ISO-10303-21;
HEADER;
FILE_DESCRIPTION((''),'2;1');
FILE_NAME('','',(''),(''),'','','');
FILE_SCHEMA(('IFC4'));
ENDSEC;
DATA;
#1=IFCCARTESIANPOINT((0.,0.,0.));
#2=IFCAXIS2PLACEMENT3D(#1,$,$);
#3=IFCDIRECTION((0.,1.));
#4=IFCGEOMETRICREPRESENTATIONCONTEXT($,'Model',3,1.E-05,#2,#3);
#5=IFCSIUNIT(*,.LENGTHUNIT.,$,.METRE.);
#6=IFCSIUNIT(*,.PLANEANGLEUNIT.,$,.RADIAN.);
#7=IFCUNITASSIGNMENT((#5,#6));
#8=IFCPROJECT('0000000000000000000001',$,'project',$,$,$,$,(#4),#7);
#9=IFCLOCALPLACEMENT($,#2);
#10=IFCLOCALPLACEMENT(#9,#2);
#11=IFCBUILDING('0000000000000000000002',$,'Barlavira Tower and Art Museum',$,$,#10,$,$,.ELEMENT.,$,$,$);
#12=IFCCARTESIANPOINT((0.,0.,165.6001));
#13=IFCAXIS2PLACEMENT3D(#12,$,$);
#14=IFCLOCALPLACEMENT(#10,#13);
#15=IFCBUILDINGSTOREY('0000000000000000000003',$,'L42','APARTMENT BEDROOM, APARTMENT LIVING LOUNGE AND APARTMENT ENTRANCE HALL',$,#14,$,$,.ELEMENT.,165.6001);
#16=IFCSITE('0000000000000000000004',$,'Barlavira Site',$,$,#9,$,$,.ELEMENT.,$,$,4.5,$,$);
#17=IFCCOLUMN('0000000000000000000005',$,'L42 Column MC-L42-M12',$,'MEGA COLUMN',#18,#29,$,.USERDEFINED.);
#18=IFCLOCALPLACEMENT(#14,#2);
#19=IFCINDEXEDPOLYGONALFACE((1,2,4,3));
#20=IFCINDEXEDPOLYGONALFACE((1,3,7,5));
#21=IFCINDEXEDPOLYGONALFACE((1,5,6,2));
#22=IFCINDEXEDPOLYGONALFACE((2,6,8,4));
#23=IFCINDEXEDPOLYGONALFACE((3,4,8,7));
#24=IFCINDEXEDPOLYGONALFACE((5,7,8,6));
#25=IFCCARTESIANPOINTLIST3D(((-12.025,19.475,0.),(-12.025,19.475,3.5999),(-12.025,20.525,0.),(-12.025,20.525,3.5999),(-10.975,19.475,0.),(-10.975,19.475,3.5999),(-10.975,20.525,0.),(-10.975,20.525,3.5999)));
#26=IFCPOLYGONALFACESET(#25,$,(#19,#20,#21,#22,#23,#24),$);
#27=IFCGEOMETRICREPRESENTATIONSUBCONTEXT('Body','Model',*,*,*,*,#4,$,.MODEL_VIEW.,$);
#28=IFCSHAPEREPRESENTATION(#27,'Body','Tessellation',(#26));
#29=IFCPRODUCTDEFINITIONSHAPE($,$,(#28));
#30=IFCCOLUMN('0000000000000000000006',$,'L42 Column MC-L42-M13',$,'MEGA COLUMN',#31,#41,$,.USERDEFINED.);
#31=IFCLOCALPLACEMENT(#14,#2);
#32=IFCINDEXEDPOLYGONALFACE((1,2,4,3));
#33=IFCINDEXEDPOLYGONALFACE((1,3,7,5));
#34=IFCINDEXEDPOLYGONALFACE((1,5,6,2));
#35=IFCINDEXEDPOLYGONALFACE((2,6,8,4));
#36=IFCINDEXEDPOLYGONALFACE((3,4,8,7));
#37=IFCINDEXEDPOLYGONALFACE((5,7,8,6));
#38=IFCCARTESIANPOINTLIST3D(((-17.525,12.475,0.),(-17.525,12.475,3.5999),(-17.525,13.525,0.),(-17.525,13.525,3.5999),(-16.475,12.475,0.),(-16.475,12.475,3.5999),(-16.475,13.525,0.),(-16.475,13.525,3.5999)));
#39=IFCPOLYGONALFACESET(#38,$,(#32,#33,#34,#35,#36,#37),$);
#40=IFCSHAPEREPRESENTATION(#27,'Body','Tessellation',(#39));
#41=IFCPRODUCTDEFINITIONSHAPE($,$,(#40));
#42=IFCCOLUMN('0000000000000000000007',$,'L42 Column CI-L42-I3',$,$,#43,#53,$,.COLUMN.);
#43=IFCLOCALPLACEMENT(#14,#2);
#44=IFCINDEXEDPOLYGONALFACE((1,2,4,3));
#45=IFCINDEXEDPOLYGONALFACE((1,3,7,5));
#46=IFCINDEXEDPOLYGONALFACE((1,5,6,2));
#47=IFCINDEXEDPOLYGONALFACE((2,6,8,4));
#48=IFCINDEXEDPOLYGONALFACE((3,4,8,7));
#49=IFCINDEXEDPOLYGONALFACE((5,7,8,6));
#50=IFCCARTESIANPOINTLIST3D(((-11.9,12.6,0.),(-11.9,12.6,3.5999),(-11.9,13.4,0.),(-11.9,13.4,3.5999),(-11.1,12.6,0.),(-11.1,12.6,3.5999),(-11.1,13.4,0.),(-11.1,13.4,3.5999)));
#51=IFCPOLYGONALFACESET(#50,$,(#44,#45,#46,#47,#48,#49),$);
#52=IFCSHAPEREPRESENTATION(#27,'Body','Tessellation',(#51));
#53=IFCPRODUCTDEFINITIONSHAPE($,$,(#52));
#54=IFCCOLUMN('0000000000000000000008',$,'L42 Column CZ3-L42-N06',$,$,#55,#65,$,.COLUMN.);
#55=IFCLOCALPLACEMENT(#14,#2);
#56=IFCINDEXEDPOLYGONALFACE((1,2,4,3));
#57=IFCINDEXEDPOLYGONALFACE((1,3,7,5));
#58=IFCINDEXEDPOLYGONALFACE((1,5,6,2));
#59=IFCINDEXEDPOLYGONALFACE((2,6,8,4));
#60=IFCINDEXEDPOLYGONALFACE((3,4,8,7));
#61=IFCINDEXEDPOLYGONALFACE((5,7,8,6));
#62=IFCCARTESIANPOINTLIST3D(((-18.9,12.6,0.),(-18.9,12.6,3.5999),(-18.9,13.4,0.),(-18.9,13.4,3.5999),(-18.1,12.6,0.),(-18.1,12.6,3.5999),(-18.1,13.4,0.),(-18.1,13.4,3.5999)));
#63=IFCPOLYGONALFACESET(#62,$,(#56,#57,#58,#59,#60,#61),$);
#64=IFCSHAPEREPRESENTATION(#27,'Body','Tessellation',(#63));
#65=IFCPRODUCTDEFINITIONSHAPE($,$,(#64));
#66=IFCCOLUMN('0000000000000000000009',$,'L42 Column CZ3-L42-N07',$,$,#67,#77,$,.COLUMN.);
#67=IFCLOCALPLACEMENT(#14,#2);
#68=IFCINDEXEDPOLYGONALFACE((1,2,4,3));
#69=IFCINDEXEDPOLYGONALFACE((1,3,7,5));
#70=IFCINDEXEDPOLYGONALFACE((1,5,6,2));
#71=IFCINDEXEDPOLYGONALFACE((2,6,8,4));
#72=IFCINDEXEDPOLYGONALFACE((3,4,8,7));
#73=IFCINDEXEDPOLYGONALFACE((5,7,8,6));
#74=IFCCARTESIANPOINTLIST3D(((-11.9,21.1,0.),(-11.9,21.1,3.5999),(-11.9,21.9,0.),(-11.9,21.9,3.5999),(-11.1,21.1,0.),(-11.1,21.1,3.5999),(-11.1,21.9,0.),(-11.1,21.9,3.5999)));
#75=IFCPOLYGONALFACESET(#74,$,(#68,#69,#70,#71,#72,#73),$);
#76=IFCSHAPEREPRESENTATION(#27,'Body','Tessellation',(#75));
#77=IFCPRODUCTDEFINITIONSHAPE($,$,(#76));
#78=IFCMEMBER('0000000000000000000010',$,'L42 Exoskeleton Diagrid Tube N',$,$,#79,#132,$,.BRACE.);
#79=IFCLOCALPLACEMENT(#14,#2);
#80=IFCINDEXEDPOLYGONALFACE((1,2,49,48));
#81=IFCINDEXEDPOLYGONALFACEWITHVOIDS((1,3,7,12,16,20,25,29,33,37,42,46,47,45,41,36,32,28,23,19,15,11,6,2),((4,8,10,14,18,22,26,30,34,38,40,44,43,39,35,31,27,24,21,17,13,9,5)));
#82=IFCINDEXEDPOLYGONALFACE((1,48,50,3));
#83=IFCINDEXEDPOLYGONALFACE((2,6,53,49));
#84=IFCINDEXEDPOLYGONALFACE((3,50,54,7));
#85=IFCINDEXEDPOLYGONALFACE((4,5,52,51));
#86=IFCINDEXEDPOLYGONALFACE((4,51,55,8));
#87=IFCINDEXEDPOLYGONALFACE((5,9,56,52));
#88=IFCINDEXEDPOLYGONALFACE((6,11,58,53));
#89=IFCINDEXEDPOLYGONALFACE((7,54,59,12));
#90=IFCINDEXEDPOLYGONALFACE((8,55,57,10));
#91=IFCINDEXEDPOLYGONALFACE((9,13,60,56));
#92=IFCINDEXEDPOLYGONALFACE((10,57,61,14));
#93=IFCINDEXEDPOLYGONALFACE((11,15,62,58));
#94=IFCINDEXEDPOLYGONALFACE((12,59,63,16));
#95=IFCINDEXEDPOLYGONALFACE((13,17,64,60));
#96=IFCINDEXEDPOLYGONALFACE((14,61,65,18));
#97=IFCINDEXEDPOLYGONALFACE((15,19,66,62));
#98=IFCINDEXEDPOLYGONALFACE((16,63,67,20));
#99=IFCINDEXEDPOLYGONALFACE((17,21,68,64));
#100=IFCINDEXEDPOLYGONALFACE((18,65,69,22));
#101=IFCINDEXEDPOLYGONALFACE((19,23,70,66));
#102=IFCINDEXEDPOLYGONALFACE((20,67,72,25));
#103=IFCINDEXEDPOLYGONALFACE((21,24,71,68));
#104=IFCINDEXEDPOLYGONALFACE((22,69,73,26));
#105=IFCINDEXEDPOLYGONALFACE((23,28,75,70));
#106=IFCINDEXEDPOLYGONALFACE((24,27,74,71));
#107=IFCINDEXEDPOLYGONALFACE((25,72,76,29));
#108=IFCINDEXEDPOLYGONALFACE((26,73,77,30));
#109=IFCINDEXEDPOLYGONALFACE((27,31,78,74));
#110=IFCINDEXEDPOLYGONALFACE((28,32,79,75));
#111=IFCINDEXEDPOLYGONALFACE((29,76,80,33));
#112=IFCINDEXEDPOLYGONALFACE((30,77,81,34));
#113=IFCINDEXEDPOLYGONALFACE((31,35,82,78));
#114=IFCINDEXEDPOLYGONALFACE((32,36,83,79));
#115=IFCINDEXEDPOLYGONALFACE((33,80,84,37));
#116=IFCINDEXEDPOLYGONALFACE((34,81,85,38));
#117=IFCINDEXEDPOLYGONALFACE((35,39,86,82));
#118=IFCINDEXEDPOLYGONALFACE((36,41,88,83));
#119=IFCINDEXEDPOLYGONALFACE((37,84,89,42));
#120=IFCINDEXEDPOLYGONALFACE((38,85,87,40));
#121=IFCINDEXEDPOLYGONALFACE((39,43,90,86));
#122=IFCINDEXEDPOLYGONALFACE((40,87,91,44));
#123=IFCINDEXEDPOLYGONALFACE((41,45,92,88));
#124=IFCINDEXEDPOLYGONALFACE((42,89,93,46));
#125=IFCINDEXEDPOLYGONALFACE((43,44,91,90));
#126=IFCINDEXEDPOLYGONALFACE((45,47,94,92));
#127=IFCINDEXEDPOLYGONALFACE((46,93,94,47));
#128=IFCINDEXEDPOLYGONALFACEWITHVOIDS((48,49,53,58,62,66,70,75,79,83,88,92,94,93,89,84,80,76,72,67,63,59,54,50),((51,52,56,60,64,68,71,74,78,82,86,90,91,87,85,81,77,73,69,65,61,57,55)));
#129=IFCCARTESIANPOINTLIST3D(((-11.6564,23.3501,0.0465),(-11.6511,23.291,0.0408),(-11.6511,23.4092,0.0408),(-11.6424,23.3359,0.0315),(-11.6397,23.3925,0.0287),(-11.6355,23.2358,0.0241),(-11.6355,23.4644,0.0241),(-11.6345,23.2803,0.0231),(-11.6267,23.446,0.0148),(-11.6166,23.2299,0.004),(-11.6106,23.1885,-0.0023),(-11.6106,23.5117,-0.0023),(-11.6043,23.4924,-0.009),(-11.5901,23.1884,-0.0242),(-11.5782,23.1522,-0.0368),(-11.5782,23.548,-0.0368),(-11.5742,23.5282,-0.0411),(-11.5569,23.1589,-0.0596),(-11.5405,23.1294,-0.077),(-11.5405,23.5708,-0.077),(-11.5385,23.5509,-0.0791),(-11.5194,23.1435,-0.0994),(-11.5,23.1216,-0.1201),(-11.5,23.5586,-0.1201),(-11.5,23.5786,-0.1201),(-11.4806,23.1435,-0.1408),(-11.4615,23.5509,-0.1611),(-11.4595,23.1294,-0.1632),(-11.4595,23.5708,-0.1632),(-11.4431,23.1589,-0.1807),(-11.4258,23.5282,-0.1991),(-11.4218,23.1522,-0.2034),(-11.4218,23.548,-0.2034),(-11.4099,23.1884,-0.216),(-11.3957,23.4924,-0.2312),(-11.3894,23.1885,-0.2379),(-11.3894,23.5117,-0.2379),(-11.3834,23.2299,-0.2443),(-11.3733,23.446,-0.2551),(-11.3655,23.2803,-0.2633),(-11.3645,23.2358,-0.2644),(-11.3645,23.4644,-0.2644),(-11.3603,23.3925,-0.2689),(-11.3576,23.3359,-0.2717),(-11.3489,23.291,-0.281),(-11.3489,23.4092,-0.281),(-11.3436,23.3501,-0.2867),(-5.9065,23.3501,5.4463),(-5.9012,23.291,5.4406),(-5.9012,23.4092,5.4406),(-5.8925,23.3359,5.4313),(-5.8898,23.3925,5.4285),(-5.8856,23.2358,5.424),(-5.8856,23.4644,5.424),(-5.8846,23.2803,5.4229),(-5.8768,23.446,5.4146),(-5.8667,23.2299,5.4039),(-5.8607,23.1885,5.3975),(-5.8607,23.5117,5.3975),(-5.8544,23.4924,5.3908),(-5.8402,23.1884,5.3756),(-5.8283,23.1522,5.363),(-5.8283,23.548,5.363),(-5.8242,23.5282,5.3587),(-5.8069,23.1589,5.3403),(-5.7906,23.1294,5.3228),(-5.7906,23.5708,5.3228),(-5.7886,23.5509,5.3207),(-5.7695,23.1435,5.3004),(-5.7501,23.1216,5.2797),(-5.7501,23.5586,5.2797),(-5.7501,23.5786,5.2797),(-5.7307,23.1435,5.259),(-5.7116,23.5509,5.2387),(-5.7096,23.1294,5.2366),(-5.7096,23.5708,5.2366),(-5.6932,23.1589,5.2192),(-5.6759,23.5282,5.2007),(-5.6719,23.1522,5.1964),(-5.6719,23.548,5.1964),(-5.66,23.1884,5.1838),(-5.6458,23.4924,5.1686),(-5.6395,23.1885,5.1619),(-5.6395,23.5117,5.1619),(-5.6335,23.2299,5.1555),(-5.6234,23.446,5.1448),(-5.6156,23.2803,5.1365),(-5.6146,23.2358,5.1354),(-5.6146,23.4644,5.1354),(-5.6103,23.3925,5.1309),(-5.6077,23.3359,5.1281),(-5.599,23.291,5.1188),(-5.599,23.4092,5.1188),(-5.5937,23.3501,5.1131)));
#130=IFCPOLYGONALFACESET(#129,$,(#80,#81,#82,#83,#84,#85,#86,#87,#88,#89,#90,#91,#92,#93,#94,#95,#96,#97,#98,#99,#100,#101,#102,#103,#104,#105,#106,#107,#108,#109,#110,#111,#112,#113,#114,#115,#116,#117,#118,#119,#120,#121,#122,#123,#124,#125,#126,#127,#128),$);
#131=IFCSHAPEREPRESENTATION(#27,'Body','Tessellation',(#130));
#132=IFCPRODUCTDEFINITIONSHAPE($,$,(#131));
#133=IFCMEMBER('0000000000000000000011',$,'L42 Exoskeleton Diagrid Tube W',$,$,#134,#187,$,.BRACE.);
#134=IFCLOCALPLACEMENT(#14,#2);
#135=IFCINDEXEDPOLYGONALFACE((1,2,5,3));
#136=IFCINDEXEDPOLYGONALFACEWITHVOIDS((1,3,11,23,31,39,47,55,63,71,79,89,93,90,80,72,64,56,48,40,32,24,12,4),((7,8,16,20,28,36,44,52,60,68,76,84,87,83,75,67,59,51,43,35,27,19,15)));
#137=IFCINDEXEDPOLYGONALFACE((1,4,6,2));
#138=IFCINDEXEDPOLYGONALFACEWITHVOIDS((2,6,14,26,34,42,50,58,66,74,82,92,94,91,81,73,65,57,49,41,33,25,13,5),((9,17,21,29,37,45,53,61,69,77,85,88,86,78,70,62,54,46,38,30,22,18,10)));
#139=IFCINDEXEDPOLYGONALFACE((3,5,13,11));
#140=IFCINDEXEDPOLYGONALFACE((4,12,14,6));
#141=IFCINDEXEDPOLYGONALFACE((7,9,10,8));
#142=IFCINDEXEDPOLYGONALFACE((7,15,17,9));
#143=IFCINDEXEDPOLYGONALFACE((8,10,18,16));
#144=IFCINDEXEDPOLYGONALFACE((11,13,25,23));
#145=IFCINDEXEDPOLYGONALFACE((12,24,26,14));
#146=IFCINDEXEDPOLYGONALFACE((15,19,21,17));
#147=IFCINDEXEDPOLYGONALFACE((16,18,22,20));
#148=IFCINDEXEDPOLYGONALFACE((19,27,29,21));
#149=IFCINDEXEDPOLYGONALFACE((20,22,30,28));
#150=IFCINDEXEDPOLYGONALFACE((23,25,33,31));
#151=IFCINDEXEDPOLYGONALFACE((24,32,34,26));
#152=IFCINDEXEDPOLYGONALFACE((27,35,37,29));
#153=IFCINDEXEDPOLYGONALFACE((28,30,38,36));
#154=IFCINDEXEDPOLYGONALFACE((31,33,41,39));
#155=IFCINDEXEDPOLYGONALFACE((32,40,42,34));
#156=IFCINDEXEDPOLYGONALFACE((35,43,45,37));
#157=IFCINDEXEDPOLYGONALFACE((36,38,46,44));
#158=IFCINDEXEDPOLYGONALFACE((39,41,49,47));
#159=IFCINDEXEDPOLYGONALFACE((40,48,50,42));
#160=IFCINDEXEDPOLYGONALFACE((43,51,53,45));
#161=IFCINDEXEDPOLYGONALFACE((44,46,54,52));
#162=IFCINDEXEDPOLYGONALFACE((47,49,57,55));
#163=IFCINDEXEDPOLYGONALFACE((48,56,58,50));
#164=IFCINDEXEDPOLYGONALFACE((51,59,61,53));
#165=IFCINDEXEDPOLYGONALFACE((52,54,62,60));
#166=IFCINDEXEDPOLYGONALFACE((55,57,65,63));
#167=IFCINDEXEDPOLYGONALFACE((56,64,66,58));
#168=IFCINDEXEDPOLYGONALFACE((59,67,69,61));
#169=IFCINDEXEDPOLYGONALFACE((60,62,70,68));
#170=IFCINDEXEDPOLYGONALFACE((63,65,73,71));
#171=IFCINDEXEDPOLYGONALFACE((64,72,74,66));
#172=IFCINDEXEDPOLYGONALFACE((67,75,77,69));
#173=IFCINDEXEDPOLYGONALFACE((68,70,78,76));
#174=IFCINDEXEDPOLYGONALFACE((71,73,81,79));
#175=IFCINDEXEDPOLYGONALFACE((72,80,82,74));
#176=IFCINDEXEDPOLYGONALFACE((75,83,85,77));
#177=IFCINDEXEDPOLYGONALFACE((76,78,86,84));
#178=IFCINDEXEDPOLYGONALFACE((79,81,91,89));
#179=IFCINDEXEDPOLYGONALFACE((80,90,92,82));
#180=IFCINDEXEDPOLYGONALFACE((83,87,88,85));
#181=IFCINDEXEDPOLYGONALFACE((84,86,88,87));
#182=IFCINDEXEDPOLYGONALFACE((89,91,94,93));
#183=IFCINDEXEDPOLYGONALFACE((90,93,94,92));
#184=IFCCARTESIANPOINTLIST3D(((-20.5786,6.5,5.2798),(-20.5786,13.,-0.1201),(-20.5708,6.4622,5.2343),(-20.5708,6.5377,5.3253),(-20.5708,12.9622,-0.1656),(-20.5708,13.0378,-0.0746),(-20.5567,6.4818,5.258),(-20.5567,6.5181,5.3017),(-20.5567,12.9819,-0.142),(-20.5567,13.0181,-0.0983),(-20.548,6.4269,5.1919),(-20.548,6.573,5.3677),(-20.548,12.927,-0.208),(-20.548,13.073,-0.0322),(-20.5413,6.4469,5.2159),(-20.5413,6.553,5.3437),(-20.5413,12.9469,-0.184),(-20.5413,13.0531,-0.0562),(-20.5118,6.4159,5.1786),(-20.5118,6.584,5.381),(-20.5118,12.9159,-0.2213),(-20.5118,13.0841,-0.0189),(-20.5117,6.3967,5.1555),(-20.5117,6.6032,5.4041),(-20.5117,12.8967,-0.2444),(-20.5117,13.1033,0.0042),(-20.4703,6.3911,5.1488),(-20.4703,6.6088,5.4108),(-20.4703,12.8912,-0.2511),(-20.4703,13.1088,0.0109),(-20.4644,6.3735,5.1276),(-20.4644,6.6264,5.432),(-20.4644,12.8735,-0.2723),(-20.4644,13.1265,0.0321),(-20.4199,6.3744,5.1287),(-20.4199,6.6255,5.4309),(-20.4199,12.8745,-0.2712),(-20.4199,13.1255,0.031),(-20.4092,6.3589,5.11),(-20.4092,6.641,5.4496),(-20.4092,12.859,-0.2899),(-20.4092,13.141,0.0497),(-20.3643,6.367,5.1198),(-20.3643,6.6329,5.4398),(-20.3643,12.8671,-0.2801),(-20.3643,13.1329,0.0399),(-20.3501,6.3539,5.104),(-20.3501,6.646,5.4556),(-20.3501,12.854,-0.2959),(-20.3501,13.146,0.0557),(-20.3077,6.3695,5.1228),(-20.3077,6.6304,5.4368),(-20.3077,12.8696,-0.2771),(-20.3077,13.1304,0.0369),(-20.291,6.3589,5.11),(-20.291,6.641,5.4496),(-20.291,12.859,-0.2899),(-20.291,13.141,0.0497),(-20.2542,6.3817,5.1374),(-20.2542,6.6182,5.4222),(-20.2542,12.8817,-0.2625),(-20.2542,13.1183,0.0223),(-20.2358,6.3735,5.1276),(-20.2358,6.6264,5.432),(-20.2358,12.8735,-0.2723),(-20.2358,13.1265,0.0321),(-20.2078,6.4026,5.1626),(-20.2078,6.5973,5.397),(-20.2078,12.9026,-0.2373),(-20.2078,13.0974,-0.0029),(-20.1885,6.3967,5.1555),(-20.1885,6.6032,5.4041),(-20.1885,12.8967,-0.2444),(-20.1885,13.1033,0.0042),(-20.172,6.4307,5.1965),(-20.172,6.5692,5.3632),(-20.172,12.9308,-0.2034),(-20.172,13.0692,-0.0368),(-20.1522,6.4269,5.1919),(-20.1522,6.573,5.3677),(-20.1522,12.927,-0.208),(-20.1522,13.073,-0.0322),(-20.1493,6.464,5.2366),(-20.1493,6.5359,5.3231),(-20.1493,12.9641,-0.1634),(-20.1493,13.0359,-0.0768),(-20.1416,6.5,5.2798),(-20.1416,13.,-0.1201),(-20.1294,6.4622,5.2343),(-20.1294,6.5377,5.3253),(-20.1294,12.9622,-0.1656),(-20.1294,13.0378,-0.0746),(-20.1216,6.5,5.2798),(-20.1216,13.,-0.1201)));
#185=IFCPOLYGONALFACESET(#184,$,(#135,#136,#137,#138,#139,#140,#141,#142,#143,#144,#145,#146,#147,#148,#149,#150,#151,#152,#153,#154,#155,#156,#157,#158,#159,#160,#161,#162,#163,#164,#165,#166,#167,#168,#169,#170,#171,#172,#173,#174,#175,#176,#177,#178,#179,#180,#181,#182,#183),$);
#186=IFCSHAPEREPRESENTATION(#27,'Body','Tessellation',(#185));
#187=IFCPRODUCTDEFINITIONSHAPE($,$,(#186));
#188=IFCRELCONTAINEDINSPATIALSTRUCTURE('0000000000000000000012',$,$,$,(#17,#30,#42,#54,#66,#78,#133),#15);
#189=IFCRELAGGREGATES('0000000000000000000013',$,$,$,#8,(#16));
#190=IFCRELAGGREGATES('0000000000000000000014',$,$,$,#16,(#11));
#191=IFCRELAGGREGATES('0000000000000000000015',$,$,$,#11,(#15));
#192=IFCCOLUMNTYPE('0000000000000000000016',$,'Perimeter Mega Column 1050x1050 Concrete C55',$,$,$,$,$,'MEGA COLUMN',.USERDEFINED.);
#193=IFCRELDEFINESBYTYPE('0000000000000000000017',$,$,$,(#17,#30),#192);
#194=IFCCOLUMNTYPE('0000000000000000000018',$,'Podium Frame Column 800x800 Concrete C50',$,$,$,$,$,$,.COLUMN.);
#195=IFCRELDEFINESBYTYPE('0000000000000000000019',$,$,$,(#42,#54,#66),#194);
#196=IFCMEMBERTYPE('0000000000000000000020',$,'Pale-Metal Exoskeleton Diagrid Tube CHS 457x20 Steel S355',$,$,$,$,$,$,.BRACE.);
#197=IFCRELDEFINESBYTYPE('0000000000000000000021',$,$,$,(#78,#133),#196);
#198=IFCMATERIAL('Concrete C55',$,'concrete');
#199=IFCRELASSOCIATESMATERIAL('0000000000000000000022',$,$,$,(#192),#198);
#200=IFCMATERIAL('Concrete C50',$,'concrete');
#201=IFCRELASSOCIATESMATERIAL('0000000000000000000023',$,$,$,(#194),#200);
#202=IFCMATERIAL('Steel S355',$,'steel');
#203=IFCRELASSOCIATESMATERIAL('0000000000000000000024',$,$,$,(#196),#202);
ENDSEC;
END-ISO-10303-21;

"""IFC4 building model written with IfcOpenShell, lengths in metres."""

from ifc_helpers import new_model, si_unit, direction, frame, origin, origin_2d, place, context, subcontext, project, spatial, rectangle, hollow_circle, extrude, material, material_profile, profile_set, type_object, element, save


model = new_model("IFC4")

# Units and contexts
model_context = context("Model", 3, precision=1e-05, world=origin(), true_north=direction((0.0, 1.0)))
body_context = subcontext(model_context, "Body", "Model", "MODEL_VIEW")
ifc_project = project(units=[si_unit("LENGTHUNIT", "METRE"), si_unit("PLANEANGLEUNIT", "RADIAN")], contexts=[model_context])

# Site, building, storey
site_placement = place(None, origin())
site = spatial("IfcSite", under=ifc_project, at=site_placement, Name="Barlavira Site", CompositionType="ELEMENT", RefElevation=4.5)
building_placement = place(site_placement, origin())
building = spatial("IfcBuilding", under=site, at=building_placement, Name="Barlavira Tower and Art Museum", CompositionType="ELEMENT")
storey_placement = place(building_placement, frame((0.0, 0.0, 165.6001)))
storey = spatial("IfcBuildingStorey", under=building, at=storey_placement, Name="L42", Description="APARTMENT BEDROOM, APARTMENT LIVING LOUNGE AND APARTMENT ENTRANCE HALL", CompositionType="ELEMENT", Elevation=165.6001)

# Columns
ifc_material_1 = material(Name="Concrete C55", Category="concrete")
ifc_material_profile_1 = material_profile(ifc_material_1, rectangle(XDim=1.05, YDim=1.05, at=origin_2d()), Name="RC-COL 1050x1050")
ifc_profile_set_1 = profile_set([ifc_material_profile_1], Name="Concrete C55")
column_type_1 = type_object("IfcColumnType", Name="Perimeter Mega Column 1050x1050 Concrete C55", ElementType="MEGA COLUMN", PredefinedType="USERDEFINED", material=ifc_profile_set_1)
for number, where, z_axis, x_axis, name in (
    (1, (-11.5, 20.0, 0.0), (0.0, 0.0, 1.0), (1.0, 0.0, 0.0), "L42 Column MC-L42-M12"),
    (2, (-17.0, 13.0, 0.0), (0.0, 0.0, 1.0), (1.0, 0.0, 0.0), "L42 Column MC-L42-M13"),
):
    element("IfcColumn", number, at=place(storey_placement, frame(where, z_axis=z_axis, x_axis=x_axis)), inside=storey, type_object=column_type_1, Name=name, ObjectType="MEGA COLUMN", PredefinedType="USERDEFINED", context=body_context, shape_type="SweptSolid", body=[
        extrude(rectangle(XDim=1.05, YDim=1.05, at=origin_2d()), origin(), (0.0, 0.0, 1.0), 3.5999),
    ])
ifc_material_2 = material(Name="Concrete C50", Category="concrete")
ifc_material_profile_2 = material_profile(ifc_material_2, rectangle(XDim=0.8, YDim=0.8, at=origin_2d()), Name="RC-COL 800x800")
ifc_profile_set_2 = profile_set([ifc_material_profile_2], Name="Concrete C50")
column_type_2 = type_object("IfcColumnType", Name="Podium Frame Column 800x800 Concrete C50", PredefinedType="COLUMN", material=ifc_profile_set_2)
for number, where, z_axis, x_axis, name in (
    (3, (-11.5, 13.0, 0.0), (0.0, 0.0, 1.0), (1.0, 0.0, 0.0), "L42 Column CI-L42-I3"),
    (4, (-18.5, 13.0, 0.0), (0.0, 0.0, 1.0), (1.0, 0.0, 0.0), "L42 Column CZ3-L42-N06"),
    (5, (-11.5, 21.5, 0.0), (0.0, 0.0, 1.0), (1.0, 0.0, 0.0), "L42 Column CZ3-L42-N07"),
):
    element("IfcColumn", number, at=place(storey_placement, frame(where, z_axis=z_axis, x_axis=x_axis)), inside=storey, type_object=column_type_2, Name=name, PredefinedType="COLUMN", context=body_context, shape_type="SweptSolid", body=[
        extrude(rectangle(XDim=0.8, YDim=0.8, at=origin_2d()), origin(), (0.0, 0.0, 1.0), 3.5999),
    ])

# Members
ifc_material_3 = material(Name="Steel S355", Category="steel")
ifc_material_profile_3 = material_profile(ifc_material_3, hollow_circle(Radius=0.2285, WallThickness=0.02, at=origin_2d()), Name="CHS 457.0x20.0")
ifc_profile_set_3 = profile_set([ifc_material_profile_3], Name="Steel S355")
member_type_1 = type_object("IfcMemberType", Name="Pale-Metal Exoskeleton Diagrid Tube CHS 457x20 Steel S355", PredefinedType="BRACE", material=ifc_profile_set_3)
member_1_placement = place(storey_placement, frame((-11.5, 23.3501, -0.1201), z_axis=(0.72895, 0.0, 0.684567), x_axis=(0.0, 1.0, 0.0)))
element("IfcMember", 6, at=member_1_placement, inside=storey, type_object=member_type_1, Name="L42 Exoskeleton Diagrid Tube N", PredefinedType="BRACE", context=body_context, shape_type="SweptSolid", body=[
    extrude(hollow_circle(Radius=0.2285, WallThickness=0.02, at=origin_2d()), origin(), (0.0, 0.0, 1.0), 7.8879),
])
member_2_placement = place(storey_placement, frame((-20.3501, 13.0, -0.1201), z_axis=(0.0, -0.769196, 0.639013), x_axis=(1.0, 0.0, 0.0)))
element("IfcMember", 7, at=member_2_placement, inside=storey, type_object=member_type_1, Name="L42 Exoskeleton Diagrid Tube W", PredefinedType="BRACE", context=body_context, shape_type="SweptSolid", body=[
    extrude(hollow_circle(Radius=0.2285, WallThickness=0.02, at=origin_2d()), origin(), (0.0, 0.0, 1.0), 8.4504),
])

save(model, "model.ifc")
